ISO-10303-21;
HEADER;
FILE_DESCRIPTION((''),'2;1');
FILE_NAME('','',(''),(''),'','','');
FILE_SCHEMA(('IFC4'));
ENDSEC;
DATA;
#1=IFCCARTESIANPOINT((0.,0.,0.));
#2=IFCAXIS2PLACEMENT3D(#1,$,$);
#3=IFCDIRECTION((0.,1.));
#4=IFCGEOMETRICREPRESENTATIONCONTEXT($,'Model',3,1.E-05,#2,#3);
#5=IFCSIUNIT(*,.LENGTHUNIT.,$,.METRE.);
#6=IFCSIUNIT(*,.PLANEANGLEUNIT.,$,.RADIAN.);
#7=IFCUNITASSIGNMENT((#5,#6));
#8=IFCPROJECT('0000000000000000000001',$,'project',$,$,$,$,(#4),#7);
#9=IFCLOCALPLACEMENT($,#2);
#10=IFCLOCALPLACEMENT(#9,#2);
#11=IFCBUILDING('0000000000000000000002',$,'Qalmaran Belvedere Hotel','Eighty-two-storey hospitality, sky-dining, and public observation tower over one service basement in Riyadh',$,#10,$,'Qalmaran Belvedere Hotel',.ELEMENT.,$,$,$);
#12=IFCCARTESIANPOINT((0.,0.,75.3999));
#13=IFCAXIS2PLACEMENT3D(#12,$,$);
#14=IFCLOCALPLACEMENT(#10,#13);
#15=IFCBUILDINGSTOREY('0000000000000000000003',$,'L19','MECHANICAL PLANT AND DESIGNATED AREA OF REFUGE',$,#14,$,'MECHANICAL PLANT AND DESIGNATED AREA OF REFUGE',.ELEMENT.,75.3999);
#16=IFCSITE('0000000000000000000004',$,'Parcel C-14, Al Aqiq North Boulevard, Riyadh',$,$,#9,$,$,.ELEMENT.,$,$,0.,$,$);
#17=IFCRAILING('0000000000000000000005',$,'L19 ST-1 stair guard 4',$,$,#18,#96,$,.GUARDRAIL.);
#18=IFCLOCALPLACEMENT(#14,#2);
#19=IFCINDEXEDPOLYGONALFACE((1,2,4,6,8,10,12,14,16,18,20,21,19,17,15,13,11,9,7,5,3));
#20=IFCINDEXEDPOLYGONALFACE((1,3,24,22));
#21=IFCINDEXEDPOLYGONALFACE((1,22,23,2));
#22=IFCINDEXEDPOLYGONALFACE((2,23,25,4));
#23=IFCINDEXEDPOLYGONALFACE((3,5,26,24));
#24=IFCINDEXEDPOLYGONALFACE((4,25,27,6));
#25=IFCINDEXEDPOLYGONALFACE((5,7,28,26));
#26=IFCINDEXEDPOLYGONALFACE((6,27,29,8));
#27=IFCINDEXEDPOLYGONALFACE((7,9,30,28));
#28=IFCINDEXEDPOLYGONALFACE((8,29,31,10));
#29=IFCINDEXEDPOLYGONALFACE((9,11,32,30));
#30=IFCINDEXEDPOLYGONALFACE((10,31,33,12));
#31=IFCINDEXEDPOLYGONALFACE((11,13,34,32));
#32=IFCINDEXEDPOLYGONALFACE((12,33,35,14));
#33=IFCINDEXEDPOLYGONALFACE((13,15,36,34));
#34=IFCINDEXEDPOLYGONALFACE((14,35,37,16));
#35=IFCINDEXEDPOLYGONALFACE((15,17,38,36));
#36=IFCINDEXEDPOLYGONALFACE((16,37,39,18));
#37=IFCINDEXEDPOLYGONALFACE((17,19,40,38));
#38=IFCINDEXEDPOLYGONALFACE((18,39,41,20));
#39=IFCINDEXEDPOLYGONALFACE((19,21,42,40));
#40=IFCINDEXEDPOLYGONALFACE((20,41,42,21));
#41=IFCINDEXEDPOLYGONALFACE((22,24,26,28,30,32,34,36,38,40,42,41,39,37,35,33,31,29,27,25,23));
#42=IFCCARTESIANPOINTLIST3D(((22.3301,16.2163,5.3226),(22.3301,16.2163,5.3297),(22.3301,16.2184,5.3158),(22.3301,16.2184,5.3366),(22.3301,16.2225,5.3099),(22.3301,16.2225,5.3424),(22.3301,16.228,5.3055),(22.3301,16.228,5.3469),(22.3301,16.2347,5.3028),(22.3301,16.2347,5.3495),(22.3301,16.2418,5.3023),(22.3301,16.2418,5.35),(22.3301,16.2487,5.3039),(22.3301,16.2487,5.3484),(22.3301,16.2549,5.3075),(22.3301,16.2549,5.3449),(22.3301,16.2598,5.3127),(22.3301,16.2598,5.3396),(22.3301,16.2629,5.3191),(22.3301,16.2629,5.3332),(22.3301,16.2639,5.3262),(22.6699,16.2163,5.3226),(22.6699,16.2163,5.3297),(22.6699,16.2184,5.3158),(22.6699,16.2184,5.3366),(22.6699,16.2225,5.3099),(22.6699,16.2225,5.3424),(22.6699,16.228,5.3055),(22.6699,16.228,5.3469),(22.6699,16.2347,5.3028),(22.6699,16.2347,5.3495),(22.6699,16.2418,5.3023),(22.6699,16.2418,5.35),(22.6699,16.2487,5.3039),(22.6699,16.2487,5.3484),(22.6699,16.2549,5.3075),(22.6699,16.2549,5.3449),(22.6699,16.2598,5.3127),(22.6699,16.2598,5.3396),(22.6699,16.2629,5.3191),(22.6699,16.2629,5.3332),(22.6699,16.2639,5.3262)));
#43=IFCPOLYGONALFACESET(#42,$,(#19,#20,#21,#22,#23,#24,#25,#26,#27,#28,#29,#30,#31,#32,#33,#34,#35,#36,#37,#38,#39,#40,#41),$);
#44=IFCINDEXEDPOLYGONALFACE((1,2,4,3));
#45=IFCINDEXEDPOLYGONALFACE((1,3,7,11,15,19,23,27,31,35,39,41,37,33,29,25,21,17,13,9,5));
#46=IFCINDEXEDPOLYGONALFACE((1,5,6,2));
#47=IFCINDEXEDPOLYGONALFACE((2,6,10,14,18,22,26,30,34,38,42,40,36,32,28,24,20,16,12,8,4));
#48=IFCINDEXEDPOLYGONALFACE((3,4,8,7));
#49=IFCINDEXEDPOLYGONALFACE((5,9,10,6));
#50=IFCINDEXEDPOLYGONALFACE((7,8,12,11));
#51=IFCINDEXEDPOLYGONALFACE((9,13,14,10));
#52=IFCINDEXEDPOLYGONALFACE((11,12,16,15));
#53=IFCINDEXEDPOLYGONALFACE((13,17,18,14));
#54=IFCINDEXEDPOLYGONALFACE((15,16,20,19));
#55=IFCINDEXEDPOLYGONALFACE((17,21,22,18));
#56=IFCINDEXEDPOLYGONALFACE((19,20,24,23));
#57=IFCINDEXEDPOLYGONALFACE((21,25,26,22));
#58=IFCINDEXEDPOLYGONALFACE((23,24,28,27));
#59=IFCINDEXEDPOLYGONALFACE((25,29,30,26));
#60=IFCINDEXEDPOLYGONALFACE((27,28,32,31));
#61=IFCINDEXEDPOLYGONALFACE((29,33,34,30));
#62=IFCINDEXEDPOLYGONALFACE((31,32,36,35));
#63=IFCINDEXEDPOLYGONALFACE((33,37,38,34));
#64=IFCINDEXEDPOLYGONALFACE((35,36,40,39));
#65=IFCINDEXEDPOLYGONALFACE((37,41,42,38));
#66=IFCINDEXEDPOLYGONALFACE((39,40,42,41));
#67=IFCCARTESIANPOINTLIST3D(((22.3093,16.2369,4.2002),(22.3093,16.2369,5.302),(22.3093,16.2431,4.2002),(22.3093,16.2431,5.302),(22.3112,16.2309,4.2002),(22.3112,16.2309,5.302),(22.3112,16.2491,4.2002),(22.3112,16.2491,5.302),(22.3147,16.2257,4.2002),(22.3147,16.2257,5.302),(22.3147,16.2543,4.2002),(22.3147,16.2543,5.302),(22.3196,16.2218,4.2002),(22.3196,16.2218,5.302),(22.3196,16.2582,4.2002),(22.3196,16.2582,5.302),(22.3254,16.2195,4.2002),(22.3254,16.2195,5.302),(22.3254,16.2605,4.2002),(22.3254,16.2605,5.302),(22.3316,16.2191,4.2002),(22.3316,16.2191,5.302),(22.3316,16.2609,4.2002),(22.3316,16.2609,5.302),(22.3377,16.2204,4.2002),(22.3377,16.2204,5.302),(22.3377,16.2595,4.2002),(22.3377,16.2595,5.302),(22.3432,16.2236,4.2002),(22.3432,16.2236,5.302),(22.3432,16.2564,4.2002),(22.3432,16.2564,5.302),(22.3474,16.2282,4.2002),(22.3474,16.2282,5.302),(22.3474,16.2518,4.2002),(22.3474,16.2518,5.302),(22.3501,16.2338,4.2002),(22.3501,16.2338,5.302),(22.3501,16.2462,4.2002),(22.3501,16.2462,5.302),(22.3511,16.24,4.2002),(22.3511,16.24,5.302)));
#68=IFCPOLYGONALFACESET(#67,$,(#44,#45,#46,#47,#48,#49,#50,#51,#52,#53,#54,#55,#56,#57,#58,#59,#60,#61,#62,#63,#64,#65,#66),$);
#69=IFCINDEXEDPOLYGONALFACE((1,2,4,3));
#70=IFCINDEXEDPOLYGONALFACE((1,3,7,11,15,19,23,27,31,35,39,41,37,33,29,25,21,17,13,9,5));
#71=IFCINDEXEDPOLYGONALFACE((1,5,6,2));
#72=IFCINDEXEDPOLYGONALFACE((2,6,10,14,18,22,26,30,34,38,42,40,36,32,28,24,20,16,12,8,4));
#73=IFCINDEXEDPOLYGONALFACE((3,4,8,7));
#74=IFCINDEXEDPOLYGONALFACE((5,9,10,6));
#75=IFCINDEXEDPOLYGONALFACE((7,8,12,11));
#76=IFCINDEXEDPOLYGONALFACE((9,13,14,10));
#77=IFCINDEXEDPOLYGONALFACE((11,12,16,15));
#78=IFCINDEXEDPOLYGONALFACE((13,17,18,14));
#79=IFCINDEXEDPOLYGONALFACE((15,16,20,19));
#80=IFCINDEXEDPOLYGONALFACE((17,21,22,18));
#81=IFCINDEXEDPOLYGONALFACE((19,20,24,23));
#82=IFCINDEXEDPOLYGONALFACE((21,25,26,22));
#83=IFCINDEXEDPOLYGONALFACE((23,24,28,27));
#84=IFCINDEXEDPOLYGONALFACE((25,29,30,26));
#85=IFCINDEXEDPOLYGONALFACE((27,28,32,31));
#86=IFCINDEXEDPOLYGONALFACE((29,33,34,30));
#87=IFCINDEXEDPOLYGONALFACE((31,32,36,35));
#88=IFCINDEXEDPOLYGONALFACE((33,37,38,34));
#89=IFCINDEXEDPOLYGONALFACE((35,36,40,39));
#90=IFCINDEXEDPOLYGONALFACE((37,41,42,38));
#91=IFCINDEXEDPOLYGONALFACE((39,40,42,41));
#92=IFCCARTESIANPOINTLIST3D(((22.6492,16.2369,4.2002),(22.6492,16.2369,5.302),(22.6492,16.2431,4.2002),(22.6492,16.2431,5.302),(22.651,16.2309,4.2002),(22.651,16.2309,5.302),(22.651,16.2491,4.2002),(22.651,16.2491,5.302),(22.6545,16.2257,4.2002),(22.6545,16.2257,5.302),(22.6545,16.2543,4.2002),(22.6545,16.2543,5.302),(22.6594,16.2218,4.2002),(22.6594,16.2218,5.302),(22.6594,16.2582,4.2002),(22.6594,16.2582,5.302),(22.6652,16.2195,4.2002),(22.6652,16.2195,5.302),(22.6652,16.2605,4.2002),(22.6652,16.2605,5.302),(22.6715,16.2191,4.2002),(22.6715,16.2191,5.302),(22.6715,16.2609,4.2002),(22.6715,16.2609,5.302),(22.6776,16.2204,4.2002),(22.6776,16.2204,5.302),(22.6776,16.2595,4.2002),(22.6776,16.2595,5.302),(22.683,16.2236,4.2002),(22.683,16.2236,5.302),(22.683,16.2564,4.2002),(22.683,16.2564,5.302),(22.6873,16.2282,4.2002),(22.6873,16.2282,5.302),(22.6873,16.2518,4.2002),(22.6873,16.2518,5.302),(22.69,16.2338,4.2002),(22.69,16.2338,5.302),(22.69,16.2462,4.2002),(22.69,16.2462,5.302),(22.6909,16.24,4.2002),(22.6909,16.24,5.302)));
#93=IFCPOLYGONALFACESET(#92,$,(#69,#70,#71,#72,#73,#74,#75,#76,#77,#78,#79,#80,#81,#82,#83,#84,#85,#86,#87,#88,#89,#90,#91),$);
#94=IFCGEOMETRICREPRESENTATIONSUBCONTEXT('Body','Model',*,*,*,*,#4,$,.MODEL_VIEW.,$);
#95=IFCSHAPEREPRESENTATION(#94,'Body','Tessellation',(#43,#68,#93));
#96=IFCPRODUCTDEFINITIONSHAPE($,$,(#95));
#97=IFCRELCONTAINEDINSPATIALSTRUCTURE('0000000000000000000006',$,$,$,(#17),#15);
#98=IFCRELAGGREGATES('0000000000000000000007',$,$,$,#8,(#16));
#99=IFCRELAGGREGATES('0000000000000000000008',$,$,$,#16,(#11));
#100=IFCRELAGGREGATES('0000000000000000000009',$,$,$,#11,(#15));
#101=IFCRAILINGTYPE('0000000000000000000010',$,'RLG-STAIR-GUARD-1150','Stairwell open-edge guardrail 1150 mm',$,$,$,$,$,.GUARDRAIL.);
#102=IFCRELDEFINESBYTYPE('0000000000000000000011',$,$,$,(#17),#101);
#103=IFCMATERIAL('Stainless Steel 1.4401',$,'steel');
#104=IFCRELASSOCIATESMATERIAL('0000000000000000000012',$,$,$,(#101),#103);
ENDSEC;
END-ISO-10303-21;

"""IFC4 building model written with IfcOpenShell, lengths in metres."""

from ifc_helpers import new_model, si_unit, direction, frame, origin, origin_2d, place, context, subcontext, project, spatial, circle, extrude, material, type_object, element, save


model = new_model("IFC4")

# Units and contexts
model_context = context("Model", 3, precision=1e-05, world=origin(), true_north=direction((0.0, 1.0)))
body_context = subcontext(model_context, "Body", "Model", "MODEL_VIEW")
ifc_project = project(units=[si_unit("LENGTHUNIT", "METRE"), si_unit("PLANEANGLEUNIT", "RADIAN")], contexts=[model_context])

# Site, building, storey
site_placement = place(None, origin())
site = spatial("IfcSite", under=ifc_project, at=site_placement, Name="Parcel C-14, Al Aqiq North Boulevard, Riyadh", CompositionType="ELEMENT", RefElevation=0.0)
building_placement = place(site_placement, origin())
building = spatial("IfcBuilding", under=site, at=building_placement, Name="Qalmaran Belvedere Hotel", Description="Eighty-two-storey hospitality, sky-dining, and public observation tower over one service basement in Riyadh", LongName="Qalmaran Belvedere Hotel", CompositionType="ELEMENT")
storey_placement = place(building_placement, frame((0.0, 0.0, 75.3999)))
storey = spatial("IfcBuildingStorey", under=building, at=storey_placement, Name="L19", Description="MECHANICAL PLANT AND DESIGNATED AREA OF REFUGE", LongName="MECHANICAL PLANT AND DESIGNATED AREA OF REFUGE", CompositionType="ELEMENT", Elevation=75.3999)

# Railing
ifc_material_1 = material(Name="Stainless Steel 1.4401", Category="steel")
railing_type_1 = type_object("IfcRailingType", Name="RLG-STAIR-GUARD-1150", Description="Stairwell open-edge guardrail 1150 mm", PredefinedType="GUARDRAIL", material=ifc_material_1)
railing_1_placement = place(storey_placement, frame((22.3301, 16.24, 4.2002)))
element("IfcRailing", 1, at=railing_1_placement, inside=storey, type_object=railing_type_1, Name="L19 ST-1 stair guard 4", PredefinedType="GUARDRAIL", context=body_context, shape_type="SweptSolid", body=[
    extrude(circle(Radius=0.0239, at=origin_2d()), frame((0.0, 0.0, 1.126), z_axis=(1.0, 0.0, 0.0), x_axis=(0.0, 1.0, 0.0)), (0.0, 0.0, 1.0), 0.3398),
    extrude(circle(Radius=0.021, at=origin_2d()), origin(), (0.0, 0.0, 1.0), 1.1018),
    extrude(circle(Radius=0.021, at=origin_2d()), frame((0.3398, 0.0, 0.0)), (0.0, 0.0, 1.0), 1.1018),
])

save(model, "model.ifc")
